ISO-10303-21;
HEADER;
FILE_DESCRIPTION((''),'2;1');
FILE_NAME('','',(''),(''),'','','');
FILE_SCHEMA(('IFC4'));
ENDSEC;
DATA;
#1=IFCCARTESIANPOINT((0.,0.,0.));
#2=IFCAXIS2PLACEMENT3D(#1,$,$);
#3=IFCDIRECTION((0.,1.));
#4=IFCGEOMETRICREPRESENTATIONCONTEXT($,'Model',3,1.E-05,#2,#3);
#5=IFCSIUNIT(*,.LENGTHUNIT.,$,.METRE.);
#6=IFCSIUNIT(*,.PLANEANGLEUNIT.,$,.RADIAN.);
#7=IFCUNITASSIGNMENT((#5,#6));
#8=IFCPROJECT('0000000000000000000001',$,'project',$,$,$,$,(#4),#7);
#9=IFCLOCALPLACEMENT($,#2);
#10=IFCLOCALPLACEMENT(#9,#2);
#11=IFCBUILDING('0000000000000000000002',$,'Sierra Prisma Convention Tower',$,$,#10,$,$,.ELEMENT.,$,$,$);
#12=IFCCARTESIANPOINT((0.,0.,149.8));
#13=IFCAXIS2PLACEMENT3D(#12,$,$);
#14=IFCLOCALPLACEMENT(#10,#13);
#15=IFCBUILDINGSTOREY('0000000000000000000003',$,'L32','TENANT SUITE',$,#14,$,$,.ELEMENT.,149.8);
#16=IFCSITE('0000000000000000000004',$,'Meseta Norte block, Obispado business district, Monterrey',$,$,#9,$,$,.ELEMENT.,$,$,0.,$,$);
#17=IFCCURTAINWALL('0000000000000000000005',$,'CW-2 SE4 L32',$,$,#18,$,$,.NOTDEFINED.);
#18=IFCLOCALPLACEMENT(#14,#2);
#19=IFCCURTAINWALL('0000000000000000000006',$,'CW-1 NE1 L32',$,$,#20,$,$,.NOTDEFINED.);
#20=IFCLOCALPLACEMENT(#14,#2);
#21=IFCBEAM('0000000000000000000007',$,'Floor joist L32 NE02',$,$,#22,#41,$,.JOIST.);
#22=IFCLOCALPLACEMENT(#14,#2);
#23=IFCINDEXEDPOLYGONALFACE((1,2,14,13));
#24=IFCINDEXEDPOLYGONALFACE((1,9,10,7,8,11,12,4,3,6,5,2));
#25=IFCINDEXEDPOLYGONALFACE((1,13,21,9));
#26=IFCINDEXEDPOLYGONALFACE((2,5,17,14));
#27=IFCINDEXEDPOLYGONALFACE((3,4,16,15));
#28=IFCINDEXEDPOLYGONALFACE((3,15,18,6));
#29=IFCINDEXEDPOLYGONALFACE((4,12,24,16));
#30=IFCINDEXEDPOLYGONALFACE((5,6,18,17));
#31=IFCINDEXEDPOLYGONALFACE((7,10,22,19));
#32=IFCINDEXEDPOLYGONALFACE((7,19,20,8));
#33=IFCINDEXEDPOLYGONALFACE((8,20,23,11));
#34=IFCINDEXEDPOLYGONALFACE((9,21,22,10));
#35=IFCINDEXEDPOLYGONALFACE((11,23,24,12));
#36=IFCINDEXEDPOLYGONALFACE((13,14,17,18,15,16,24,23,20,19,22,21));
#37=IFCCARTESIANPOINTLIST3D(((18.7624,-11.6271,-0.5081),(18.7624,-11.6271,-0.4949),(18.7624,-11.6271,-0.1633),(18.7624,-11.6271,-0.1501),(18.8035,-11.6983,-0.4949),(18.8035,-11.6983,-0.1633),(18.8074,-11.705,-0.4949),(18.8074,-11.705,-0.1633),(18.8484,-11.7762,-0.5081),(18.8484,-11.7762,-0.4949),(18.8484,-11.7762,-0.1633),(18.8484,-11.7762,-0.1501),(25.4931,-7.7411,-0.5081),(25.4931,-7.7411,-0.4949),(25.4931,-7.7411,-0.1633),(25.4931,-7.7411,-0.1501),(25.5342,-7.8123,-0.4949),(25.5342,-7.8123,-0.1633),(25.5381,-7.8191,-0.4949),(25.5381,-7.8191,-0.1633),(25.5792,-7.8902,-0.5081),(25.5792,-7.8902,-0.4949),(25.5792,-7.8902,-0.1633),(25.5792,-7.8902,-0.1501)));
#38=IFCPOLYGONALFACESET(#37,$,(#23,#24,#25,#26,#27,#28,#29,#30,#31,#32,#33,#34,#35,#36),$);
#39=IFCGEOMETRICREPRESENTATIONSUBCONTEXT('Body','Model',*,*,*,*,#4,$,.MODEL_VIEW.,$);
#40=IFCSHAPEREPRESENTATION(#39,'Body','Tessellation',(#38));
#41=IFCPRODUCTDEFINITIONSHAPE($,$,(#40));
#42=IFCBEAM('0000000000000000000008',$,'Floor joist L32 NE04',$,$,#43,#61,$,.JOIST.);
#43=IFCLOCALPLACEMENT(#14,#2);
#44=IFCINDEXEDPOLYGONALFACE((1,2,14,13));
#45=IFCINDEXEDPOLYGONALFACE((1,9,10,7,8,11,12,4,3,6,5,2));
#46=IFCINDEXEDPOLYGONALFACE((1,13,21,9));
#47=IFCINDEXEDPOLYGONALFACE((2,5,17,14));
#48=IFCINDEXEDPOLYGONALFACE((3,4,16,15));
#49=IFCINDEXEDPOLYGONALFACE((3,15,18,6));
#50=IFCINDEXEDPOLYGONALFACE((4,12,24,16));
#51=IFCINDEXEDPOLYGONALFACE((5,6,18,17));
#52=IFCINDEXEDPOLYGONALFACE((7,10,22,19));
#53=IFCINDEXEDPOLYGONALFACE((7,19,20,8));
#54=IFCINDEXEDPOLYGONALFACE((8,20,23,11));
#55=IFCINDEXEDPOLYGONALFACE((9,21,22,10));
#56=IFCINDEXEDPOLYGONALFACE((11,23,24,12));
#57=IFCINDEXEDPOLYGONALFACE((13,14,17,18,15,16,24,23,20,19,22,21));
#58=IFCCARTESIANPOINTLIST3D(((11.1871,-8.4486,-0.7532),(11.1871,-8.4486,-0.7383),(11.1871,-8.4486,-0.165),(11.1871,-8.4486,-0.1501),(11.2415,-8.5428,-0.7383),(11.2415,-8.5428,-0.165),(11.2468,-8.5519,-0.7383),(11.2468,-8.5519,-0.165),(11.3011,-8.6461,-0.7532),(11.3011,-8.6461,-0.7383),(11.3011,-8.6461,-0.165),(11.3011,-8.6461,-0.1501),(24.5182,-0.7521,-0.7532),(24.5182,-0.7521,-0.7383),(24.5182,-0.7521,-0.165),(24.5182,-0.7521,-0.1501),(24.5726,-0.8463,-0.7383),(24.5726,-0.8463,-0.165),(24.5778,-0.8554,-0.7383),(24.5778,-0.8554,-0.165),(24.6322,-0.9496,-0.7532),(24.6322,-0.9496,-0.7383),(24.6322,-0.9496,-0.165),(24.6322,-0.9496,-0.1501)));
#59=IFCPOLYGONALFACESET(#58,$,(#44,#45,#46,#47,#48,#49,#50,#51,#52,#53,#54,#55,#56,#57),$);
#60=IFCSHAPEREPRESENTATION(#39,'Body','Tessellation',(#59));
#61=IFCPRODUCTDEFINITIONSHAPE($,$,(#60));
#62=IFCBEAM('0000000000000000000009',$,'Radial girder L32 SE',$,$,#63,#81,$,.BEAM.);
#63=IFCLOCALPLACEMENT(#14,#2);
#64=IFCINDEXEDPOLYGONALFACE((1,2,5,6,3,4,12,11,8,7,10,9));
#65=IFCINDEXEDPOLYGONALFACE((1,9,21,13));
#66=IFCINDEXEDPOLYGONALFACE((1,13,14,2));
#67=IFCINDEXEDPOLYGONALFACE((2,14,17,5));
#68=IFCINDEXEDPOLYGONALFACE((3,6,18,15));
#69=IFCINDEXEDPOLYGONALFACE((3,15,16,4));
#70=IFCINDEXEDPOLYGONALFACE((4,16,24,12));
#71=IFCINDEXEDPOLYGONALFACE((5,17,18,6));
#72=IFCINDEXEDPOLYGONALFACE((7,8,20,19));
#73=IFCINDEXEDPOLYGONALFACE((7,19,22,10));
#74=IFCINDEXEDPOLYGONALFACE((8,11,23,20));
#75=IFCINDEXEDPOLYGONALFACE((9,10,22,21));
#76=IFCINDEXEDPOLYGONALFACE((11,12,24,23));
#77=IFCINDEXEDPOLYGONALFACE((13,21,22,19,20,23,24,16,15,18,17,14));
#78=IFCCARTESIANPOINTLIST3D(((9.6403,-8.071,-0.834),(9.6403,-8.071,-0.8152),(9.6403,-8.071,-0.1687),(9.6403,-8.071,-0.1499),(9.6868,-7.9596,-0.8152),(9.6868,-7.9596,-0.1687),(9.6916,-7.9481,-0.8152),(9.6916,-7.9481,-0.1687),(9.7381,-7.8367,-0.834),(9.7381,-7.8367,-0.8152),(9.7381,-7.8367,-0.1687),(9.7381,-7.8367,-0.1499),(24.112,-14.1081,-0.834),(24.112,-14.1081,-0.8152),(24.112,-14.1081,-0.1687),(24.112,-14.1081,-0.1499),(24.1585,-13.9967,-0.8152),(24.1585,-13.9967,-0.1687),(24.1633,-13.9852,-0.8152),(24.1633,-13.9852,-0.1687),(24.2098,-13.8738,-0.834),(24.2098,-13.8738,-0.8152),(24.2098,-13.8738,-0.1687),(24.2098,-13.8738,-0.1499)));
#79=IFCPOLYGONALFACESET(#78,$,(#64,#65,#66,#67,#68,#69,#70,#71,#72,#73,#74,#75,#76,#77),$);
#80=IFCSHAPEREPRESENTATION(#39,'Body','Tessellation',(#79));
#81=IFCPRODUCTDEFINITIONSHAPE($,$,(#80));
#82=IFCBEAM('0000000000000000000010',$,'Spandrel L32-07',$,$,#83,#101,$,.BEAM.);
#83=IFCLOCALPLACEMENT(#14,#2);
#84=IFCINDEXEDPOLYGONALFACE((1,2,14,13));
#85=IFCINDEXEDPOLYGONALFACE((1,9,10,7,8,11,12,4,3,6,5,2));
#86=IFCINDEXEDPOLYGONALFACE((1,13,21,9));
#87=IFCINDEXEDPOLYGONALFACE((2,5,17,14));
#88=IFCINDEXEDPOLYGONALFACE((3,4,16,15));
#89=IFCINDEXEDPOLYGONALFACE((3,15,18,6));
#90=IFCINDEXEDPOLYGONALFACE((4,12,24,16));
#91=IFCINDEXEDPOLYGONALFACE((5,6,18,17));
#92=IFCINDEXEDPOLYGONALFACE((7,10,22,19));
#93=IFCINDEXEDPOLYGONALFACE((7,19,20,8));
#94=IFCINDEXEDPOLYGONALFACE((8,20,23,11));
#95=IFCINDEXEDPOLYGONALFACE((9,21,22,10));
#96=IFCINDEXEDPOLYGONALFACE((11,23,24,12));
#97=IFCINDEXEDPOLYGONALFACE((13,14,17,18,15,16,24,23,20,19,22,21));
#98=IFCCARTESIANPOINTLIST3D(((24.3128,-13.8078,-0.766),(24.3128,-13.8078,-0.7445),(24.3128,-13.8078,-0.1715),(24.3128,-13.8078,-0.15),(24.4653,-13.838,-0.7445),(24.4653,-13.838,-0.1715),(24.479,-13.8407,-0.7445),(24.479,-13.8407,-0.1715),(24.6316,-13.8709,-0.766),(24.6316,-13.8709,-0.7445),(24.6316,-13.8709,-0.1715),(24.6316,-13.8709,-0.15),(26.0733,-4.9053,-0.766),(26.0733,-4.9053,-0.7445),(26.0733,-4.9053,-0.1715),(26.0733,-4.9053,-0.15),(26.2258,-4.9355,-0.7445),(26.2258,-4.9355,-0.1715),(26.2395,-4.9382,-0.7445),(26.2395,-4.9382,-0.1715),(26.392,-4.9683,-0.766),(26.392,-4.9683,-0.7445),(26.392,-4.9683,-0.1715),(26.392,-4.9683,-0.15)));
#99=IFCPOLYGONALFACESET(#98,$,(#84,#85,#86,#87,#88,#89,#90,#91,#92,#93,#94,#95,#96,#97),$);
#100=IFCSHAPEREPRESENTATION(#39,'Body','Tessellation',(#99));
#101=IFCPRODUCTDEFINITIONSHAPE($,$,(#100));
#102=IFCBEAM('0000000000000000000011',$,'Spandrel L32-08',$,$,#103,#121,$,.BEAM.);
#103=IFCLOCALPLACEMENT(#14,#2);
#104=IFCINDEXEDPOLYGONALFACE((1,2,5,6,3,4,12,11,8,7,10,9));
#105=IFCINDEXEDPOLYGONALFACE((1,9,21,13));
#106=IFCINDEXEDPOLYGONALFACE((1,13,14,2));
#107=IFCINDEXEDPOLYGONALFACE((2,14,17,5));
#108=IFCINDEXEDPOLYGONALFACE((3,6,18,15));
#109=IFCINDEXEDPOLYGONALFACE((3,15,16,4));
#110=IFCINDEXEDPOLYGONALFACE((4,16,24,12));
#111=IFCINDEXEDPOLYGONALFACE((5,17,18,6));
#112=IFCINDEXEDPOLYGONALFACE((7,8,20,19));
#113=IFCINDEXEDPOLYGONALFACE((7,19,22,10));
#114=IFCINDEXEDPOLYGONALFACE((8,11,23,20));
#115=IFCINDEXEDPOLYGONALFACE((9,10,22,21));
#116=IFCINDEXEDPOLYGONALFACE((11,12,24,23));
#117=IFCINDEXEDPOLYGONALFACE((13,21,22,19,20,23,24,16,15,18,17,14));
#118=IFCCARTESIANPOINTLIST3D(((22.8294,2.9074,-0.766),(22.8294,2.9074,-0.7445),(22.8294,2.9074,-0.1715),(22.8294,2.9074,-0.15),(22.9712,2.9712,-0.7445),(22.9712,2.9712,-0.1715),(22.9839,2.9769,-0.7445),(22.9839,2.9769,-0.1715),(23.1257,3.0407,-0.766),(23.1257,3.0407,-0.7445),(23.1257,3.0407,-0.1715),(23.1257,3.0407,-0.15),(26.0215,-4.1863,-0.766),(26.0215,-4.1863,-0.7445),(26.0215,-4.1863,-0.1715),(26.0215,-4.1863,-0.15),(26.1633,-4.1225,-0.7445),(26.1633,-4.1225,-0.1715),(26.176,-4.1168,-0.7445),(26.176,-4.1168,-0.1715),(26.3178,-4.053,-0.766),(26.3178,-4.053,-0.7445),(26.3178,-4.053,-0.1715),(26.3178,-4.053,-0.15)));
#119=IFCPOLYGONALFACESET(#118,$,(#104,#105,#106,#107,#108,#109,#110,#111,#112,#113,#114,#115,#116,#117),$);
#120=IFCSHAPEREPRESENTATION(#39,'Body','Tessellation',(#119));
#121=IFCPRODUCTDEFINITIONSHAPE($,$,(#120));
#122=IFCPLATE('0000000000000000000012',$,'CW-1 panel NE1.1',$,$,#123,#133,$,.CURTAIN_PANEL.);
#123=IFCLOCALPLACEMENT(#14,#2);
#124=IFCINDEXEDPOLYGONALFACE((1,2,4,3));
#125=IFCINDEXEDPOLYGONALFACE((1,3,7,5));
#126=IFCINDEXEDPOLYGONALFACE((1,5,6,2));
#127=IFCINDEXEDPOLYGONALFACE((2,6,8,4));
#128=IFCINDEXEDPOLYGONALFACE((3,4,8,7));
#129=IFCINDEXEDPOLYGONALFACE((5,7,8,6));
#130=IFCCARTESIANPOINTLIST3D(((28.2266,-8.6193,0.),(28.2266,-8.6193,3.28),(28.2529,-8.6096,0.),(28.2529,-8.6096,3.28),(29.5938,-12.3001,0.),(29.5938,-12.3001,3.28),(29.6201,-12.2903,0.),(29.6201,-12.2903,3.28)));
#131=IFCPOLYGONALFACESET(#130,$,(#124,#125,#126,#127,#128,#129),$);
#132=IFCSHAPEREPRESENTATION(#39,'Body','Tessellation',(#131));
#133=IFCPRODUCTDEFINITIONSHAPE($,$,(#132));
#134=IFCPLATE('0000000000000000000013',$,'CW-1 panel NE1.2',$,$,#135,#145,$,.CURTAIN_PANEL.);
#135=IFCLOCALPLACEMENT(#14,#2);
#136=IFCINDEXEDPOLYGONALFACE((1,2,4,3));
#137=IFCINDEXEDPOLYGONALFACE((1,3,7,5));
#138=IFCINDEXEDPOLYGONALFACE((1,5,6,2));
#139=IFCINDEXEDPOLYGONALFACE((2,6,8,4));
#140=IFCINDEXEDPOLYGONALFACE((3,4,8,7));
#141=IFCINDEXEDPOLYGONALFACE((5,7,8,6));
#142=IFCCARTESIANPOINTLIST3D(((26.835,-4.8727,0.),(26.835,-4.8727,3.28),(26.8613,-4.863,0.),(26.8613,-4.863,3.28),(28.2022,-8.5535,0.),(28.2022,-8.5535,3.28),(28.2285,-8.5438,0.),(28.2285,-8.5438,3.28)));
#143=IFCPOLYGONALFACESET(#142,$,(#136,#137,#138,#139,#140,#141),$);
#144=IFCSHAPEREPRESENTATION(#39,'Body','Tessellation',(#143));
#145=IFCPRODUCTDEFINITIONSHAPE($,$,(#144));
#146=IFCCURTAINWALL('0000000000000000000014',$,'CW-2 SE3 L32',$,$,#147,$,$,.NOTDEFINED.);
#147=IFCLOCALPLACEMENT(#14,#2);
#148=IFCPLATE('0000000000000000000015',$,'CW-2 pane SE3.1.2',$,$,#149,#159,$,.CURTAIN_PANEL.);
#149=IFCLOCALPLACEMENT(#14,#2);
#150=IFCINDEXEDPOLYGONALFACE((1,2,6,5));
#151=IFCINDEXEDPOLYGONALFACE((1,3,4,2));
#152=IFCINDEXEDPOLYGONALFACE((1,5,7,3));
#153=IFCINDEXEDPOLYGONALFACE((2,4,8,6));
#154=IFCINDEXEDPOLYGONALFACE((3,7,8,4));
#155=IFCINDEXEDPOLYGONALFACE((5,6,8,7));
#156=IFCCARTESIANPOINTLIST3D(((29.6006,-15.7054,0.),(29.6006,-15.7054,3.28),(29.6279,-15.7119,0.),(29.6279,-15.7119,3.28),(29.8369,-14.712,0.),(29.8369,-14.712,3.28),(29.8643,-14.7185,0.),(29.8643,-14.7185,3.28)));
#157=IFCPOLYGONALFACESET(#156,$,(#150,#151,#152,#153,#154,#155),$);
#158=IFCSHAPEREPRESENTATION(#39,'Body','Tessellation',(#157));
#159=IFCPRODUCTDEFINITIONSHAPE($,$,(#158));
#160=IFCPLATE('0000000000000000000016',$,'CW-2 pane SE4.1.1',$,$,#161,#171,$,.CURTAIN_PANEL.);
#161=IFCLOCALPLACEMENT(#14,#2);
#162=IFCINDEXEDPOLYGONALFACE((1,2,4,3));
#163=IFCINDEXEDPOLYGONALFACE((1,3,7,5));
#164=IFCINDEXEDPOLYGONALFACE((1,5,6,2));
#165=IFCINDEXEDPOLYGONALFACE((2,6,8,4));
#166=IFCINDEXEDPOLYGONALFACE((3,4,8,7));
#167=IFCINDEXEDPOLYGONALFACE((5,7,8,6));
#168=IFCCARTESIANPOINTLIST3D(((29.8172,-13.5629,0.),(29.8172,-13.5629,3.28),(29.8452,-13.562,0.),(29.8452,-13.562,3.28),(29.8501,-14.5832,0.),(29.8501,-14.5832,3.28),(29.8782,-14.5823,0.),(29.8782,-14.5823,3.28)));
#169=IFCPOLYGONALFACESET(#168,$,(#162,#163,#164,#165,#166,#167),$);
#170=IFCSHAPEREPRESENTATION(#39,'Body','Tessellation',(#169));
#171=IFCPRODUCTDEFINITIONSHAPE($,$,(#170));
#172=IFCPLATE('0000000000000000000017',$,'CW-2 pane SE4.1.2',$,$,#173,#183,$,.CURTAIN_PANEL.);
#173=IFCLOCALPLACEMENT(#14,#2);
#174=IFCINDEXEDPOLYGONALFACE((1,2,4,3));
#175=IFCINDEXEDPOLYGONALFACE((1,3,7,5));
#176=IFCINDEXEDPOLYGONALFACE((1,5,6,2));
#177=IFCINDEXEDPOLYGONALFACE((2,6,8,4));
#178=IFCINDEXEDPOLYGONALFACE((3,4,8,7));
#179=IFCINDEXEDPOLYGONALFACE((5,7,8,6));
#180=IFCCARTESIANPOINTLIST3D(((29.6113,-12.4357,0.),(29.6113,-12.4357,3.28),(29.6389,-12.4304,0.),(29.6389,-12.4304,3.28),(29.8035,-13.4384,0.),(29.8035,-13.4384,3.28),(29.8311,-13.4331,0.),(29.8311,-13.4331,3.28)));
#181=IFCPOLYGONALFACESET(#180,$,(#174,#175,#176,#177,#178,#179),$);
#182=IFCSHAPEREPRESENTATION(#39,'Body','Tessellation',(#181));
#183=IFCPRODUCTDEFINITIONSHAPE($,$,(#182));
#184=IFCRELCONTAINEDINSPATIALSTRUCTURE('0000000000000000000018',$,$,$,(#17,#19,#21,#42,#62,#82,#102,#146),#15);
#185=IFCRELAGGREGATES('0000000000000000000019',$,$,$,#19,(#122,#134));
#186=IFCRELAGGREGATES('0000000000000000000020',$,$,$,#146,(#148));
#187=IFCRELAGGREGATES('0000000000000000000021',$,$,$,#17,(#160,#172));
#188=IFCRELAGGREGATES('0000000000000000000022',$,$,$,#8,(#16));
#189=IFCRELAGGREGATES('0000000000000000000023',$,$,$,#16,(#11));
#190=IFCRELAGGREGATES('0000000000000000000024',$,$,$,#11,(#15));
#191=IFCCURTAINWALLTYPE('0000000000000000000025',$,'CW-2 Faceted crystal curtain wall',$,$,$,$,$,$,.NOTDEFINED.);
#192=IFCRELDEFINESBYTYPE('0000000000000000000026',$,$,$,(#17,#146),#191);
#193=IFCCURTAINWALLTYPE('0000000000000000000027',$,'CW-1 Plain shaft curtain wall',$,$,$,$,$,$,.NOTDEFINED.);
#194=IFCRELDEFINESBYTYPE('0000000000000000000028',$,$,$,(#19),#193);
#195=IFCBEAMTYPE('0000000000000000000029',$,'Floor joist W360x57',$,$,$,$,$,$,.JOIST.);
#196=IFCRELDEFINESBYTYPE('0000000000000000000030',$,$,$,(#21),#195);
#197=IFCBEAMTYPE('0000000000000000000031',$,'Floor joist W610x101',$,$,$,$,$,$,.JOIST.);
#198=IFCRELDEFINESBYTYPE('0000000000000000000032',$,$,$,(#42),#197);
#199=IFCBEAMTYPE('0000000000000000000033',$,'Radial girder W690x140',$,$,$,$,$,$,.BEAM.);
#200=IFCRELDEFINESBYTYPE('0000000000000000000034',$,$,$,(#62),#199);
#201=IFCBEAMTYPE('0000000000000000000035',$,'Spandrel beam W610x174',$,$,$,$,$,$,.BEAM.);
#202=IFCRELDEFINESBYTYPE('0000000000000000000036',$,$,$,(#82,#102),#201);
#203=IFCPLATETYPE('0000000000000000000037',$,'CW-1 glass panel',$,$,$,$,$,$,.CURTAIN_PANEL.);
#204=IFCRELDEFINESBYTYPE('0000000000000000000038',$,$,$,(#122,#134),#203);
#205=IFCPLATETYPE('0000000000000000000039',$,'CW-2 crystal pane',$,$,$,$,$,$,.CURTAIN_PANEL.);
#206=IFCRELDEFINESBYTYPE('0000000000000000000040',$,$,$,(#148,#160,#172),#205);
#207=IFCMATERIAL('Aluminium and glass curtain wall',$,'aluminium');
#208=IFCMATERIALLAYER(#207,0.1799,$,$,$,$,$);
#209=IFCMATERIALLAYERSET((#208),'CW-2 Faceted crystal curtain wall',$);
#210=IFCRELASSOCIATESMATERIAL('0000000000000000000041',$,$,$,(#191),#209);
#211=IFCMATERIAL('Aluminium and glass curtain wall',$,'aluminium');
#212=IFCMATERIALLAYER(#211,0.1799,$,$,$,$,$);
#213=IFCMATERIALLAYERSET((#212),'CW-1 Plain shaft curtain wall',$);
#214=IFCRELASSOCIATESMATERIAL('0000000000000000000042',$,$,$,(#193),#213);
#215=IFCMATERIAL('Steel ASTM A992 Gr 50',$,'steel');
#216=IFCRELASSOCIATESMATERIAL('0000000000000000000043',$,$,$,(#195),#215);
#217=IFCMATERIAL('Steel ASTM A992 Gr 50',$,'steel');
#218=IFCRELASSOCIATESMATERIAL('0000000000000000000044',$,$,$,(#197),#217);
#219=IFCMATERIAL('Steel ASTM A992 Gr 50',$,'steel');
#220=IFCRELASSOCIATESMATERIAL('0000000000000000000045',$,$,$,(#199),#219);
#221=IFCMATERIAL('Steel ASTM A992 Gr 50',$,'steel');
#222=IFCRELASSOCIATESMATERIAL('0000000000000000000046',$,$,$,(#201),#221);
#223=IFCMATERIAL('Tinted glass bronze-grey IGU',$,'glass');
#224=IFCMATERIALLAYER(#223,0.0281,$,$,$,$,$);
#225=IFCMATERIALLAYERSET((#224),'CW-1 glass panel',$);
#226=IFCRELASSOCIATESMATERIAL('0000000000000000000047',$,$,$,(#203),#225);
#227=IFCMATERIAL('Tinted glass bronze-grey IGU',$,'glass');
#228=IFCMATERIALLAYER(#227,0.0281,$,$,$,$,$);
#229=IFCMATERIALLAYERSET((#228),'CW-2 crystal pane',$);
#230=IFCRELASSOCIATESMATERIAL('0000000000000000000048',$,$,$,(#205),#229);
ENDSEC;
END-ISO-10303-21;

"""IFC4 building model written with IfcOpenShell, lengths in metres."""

from ifc_helpers import new_model, si_unit, direction, frame, origin, origin_2d, place, context, subcontext, project, spatial, polyline, rectangle, i_section, outline, extrude, material, layer, layer_set, material_profile, profile_set, type_object, element, aggregate, save


model = new_model("IFC4")

# Units and contexts
model_context = context("Model", 3, precision=1e-05, world=origin(), true_north=direction((0.0, 1.0)))
body_context = subcontext(model_context, "Body", "Model", "MODEL_VIEW")
ifc_project = project(units=[si_unit("LENGTHUNIT", "METRE"), si_unit("PLANEANGLEUNIT", "RADIAN")], contexts=[model_context])

# Site, building, storey
site_placement = place(None, origin())
site = spatial("IfcSite", under=ifc_project, at=site_placement, Name="Meseta Norte block, Obispado business district, Monterrey", CompositionType="ELEMENT", RefElevation=0.0)
building_placement = place(site_placement, origin())
building = spatial("IfcBuilding", under=site, at=building_placement, Name="Sierra Prisma Convention Tower", CompositionType="ELEMENT")
storey_placement = place(building_placement, frame((0.0, 0.0, 149.8)))
storey = spatial("IfcBuildingStorey", under=building, at=storey_placement, Name="L32", Description="TENANT SUITE", CompositionType="ELEMENT", Elevation=149.8)

# Curtain wall
ifc_material_1 = material(Name="Aluminium and glass curtain wall", Category="aluminium")
ifc_layer_1 = layer(ifc_material_1, 0.1799)
ifc_layer_set_1 = layer_set([ifc_layer_1], Name="CW-2 Faceted crystal curtain wall")
curtain_wall_type_1 = type_object("IfcCurtainWallType", Name="CW-2 Faceted crystal curtain wall", PredefinedType="NOTDEFINED", material=ifc_layer_set_1)
curtain_wall_1_placement = place(storey_placement, origin())
curtain_wall_1 = element("IfcCurtainWall", 1, at=curtain_wall_1_placement, inside=storey, type_object=curtain_wall_type_1, Name="CW-2 SE4 L32", PredefinedType="NOTDEFINED")

# Curtain wall
ifc_material_2 = material(Name="Aluminium and glass curtain wall", Category="aluminium")
ifc_layer_2 = layer(ifc_material_2, 0.1799)
ifc_layer_set_2 = layer_set([ifc_layer_2], Name="CW-1 Plain shaft curtain wall")
curtain_wall_type_2 = type_object("IfcCurtainWallType", Name="CW-1 Plain shaft curtain wall", PredefinedType="NOTDEFINED", material=ifc_layer_set_2)
curtain_wall_2_placement = place(storey_placement, origin())
curtain_wall_2 = element("IfcCurtainWall", 2, at=curtain_wall_2_placement, inside=storey, type_object=curtain_wall_type_2, Name="CW-1 NE1 L32", PredefinedType="NOTDEFINED")

# Beams
ifc_material_3 = material(Name="Steel ASTM A992 Gr 50", Category="steel")
ifc_material_profile_1 = material_profile(ifc_material_3, i_section(OverallWidth=0.1721, OverallDepth=0.3579, WebThickness=0.0078, FlangeThickness=0.0132, at=origin_2d()), Name="W360x57")
ifc_profile_set_1 = profile_set([ifc_material_profile_1], Name="Steel ASTM A992 Gr 50")
beam_type_1 = type_object("IfcBeamType", Name="Floor joist W360x57", PredefinedType="JOIST", material=ifc_profile_set_1)
beam_1_placement = place(storey_placement, frame((25.5361, -7.8157, -0.3291), z_axis=(-0.866025, -0.500001, 0.0), x_axis=(0.500001, -0.866025, 0.0)))
element("IfcBeam", 3, at=beam_1_placement, inside=storey, type_object=beam_type_1, Name="Floor joist L32 NE02", PredefinedType="JOIST", context=body_context, shape_type="SweptSolid", body=[
    extrude(i_section(OverallWidth=0.1721, OverallDepth=0.3579, WebThickness=0.0078, FlangeThickness=0.0132, at=origin_2d()), origin(), (0.0, 0.0, 1.0), 7.772),
])
ifc_material_4 = material(Name="Steel ASTM A992 Gr 50", Category="steel")
ifc_material_profile_2 = material_profile(ifc_material_4, i_section(OverallWidth=0.228, OverallDepth=0.603, WebThickness=0.0105, FlangeThickness=0.0149, at=origin_2d()), Name="W610x101")
ifc_profile_set_2 = profile_set([ifc_material_profile_2], Name="Steel ASTM A992 Gr 50")
beam_type_2 = type_object("IfcBeamType", Name="Floor joist W610x101", PredefinedType="JOIST", material=ifc_profile_set_2)
beam_2_placement = place(storey_placement, frame((24.5752, -0.8508, -0.4517), z_axis=(-0.86603, -0.499992, 0.0), x_axis=(0.499992, -0.86603, 0.0)))
element("IfcBeam", 4, at=beam_2_placement, inside=storey, type_object=beam_type_2, Name="Floor joist L32 NE04", PredefinedType="JOIST", context=body_context, shape_type="SweptSolid", body=[
    extrude(i_section(OverallWidth=0.228, OverallDepth=0.603, WebThickness=0.0105, FlangeThickness=0.0149, at=origin_2d()), origin(), (0.0, 0.0, 1.0), 15.3933),
])
ifc_material_5 = material(Name="Steel ASTM A992 Gr 50", Category="steel")
ifc_material_profile_3 = material_profile(ifc_material_5, i_section(OverallWidth=0.2539, OverallDepth=0.6841, WebThickness=0.0125, FlangeThickness=0.0188, at=origin_2d()), Name="W690x140")
ifc_profile_set_3 = profile_set([ifc_material_profile_3], Name="Steel ASTM A992 Gr 50")
beam_type_3 = type_object("IfcBeamType", Name="Radial girder W690x140", PredefinedType="BEAM", material=ifc_profile_set_3)
beam_3_placement = place(storey_placement, frame((24.1609, -13.991, -0.4919), z_axis=(-0.922913, 0.385009, 0.0), x_axis=(-0.385009, -0.922913, 0.0)))
element("IfcBeam", 5, at=beam_3_placement, inside=storey, type_object=beam_type_3, Name="Radial girder L32 SE", PredefinedType="BEAM", context=body_context, shape_type="SweptSolid", body=[
    extrude(i_section(OverallWidth=0.2539, OverallDepth=0.6841, WebThickness=0.0125, FlangeThickness=0.0188, at=origin_2d()), origin(), (0.0, 0.0, 1.0), 15.6804),
])
ifc_material_6 = material(Name="Steel ASTM A992 Gr 50", Category="steel")
ifc_material_profile_4 = material_profile(ifc_material_6, i_section(OverallWidth=0.325, OverallDepth=0.616, WebThickness=0.0139, FlangeThickness=0.0215, at=origin_2d()), Name="W610x174")
ifc_profile_set_4 = profile_set([ifc_material_profile_4], Name="Steel ASTM A992 Gr 50")
beam_type_4 = type_object("IfcBeamType", Name="Spandrel beam W610x174", PredefinedType="BEAM", material=ifc_profile_set_4)
beam_4_placement = place(storey_placement, frame((24.4722, -13.8394, -0.458), z_axis=(0.193995, 0.981003, 0.0), x_axis=(-0.981003, 0.193995, 0.0)))
element("IfcBeam", 6, at=beam_4_placement, inside=storey, type_object=beam_type_4, Name="Spandrel L32-07", PredefinedType="BEAM", context=body_context, shape_type="SweptSolid", body=[
    extrude(i_section(OverallWidth=0.325, OverallDepth=0.616, WebThickness=0.0139, FlangeThickness=0.0215, at=origin_2d()), origin(), (0.0, 0.0, 1.0), 9.075),
])
beam_5_placement = place(storey_placement, frame((26.1697, -4.1196, -0.458), z_axis=(-0.410359, 0.911924, 0.0), x_axis=(-0.911924, -0.410359, 0.0)))
element("IfcBeam", 7, at=beam_5_placement, inside=storey, type_object=beam_type_4, Name="Spandrel L32-08", PredefinedType="BEAM", context=body_context, shape_type="SweptSolid", body=[
    extrude(i_section(OverallWidth=0.325, OverallDepth=0.616, WebThickness=0.0139, FlangeThickness=0.0215, at=origin_2d()), origin(), (0.0, 0.0, 1.0), 7.7788),
])

# Plates
ifc_material_7 = material(Name="Tinted glass bronze-grey IGU", Category="glass")
ifc_layer_3 = layer(ifc_material_7, 0.0281)
ifc_layer_set_3 = layer_set([ifc_layer_3], Name="CW-1 glass panel")
plate_type_1 = type_object("IfcPlateType", Name="CW-1 glass panel", PredefinedType="CURTAIN_PANEL", material=ifc_layer_set_3)
plate_1_placement = place(storey_placement, frame((28.9233, -10.4548, 0.0), z_axis=(0.0, 0.0, 1.0), x_axis=(-0.348202, 0.93742, 0.0)))
plate_1 = element("IfcPlate", 8, at=plate_1_placement, type_object=plate_type_1, Name="CW-1 panel NE1.1", PredefinedType="CURTAIN_PANEL", context=body_context, shape_type="SweptSolid", body=[
    extrude(rectangle(XDim=3.9265, YDim=0.0281, at=origin_2d()), origin(), (0.0, 0.0, 1.0), 3.28),
])
plate_2_placement = place(storey_placement, frame((27.5317, -6.7083, 0.0), z_axis=(0.0, 0.0, 1.0), x_axis=(-0.348202, 0.93742, 0.0)))
plate_2 = element("IfcPlate", 9, at=plate_2_placement, type_object=plate_type_1, Name="CW-1 panel NE1.2", PredefinedType="CURTAIN_PANEL", context=body_context, shape_type="SweptSolid", body=[
    extrude(rectangle(XDim=3.9265, YDim=0.0281, at=origin_2d()), origin(), (0.0, 0.0, 1.0), 3.28),
])
aggregate(curtain_wall_2, [plate_1, plate_2])

# Curtain wall, plate
curtain_wall_3_placement = place(storey_placement, origin())
curtain_wall_3 = element("IfcCurtainWall", 10, at=curtain_wall_3_placement, inside=storey, type_object=curtain_wall_type_1, Name="CW-2 SE3 L32", PredefinedType="NOTDEFINED")
ifc_material_8 = material(Name="Tinted glass bronze-grey IGU", Category="glass")
ifc_layer_4 = layer(ifc_material_8, 0.0281)
ifc_layer_set_4 = layer_set([ifc_layer_4], Name="CW-2 crystal pane")
plate_type_2 = type_object("IfcPlateType", Name="CW-2 crystal pane", PredefinedType="CURTAIN_PANEL", material=ifc_layer_set_4)
plate_3_placement = place(storey_placement, frame((29.8643, -14.7185, 0.0), z_axis=(0.97285, -0.231437, 0.0), x_axis=(-0.231437, -0.97285, 0.0)))
plate_3 = element("IfcPlate", 11, at=plate_3_placement, type_object=plate_type_2, Name="CW-2 pane SE3.1.2", PredefinedType="CURTAIN_PANEL", context=body_context, shape_type="SweptSolid", body=[
    extrude(outline(polyline([(0.0, 0.0), (1.0211, 0.0), (1.0211, -3.28), (0.0, -3.28), (0.0, 0.0)])), origin(), (0.0, 0.0, -1.0), 0.0281),
])
aggregate(curtain_wall_3, [plate_3])

# Plates
plate_4_placement = place(storey_placement, frame((29.8782, -14.5823, 0.0), z_axis=(0.999479, 0.032288, 0.0), x_axis=(-0.032288, 0.999479, 0.0)))
plate_4 = element("IfcPlate", 12, at=plate_4_placement, type_object=plate_type_2, Name="CW-2 pane SE4.1.1", PredefinedType="CURTAIN_PANEL", context=body_context, shape_type="SweptSolid", body=[
    extrude(outline(polyline([(0.0, 0.0), (1.0208, 0.0), (1.0208, 3.28), (0.0, 3.28), (0.0, 0.0)])), origin(), (0.0, 0.0, -1.0), 0.0281),
])
plate_5_placement = place(storey_placement, frame((29.6389, -12.4304, 0.0), z_axis=(0.982131, 0.1882, 0.0), x_axis=(0.1882, -0.982131, 0.0)))
plate_5 = element("IfcPlate", 13, at=plate_5_placement, type_object=plate_type_2, Name="CW-2 pane SE4.1.2", PredefinedType="CURTAIN_PANEL", context=body_context, shape_type="SweptSolid", body=[
    extrude(outline(polyline([(0.0, 0.0), (1.0209, 0.0), (1.0209, -3.28), (0.0, -3.28), (0.0, 0.0)])), origin(), (0.0, 0.0, -1.0), 0.0281),
])
aggregate(curtain_wall_1, [plate_4, plate_5])

save(model, "model.ifc")
